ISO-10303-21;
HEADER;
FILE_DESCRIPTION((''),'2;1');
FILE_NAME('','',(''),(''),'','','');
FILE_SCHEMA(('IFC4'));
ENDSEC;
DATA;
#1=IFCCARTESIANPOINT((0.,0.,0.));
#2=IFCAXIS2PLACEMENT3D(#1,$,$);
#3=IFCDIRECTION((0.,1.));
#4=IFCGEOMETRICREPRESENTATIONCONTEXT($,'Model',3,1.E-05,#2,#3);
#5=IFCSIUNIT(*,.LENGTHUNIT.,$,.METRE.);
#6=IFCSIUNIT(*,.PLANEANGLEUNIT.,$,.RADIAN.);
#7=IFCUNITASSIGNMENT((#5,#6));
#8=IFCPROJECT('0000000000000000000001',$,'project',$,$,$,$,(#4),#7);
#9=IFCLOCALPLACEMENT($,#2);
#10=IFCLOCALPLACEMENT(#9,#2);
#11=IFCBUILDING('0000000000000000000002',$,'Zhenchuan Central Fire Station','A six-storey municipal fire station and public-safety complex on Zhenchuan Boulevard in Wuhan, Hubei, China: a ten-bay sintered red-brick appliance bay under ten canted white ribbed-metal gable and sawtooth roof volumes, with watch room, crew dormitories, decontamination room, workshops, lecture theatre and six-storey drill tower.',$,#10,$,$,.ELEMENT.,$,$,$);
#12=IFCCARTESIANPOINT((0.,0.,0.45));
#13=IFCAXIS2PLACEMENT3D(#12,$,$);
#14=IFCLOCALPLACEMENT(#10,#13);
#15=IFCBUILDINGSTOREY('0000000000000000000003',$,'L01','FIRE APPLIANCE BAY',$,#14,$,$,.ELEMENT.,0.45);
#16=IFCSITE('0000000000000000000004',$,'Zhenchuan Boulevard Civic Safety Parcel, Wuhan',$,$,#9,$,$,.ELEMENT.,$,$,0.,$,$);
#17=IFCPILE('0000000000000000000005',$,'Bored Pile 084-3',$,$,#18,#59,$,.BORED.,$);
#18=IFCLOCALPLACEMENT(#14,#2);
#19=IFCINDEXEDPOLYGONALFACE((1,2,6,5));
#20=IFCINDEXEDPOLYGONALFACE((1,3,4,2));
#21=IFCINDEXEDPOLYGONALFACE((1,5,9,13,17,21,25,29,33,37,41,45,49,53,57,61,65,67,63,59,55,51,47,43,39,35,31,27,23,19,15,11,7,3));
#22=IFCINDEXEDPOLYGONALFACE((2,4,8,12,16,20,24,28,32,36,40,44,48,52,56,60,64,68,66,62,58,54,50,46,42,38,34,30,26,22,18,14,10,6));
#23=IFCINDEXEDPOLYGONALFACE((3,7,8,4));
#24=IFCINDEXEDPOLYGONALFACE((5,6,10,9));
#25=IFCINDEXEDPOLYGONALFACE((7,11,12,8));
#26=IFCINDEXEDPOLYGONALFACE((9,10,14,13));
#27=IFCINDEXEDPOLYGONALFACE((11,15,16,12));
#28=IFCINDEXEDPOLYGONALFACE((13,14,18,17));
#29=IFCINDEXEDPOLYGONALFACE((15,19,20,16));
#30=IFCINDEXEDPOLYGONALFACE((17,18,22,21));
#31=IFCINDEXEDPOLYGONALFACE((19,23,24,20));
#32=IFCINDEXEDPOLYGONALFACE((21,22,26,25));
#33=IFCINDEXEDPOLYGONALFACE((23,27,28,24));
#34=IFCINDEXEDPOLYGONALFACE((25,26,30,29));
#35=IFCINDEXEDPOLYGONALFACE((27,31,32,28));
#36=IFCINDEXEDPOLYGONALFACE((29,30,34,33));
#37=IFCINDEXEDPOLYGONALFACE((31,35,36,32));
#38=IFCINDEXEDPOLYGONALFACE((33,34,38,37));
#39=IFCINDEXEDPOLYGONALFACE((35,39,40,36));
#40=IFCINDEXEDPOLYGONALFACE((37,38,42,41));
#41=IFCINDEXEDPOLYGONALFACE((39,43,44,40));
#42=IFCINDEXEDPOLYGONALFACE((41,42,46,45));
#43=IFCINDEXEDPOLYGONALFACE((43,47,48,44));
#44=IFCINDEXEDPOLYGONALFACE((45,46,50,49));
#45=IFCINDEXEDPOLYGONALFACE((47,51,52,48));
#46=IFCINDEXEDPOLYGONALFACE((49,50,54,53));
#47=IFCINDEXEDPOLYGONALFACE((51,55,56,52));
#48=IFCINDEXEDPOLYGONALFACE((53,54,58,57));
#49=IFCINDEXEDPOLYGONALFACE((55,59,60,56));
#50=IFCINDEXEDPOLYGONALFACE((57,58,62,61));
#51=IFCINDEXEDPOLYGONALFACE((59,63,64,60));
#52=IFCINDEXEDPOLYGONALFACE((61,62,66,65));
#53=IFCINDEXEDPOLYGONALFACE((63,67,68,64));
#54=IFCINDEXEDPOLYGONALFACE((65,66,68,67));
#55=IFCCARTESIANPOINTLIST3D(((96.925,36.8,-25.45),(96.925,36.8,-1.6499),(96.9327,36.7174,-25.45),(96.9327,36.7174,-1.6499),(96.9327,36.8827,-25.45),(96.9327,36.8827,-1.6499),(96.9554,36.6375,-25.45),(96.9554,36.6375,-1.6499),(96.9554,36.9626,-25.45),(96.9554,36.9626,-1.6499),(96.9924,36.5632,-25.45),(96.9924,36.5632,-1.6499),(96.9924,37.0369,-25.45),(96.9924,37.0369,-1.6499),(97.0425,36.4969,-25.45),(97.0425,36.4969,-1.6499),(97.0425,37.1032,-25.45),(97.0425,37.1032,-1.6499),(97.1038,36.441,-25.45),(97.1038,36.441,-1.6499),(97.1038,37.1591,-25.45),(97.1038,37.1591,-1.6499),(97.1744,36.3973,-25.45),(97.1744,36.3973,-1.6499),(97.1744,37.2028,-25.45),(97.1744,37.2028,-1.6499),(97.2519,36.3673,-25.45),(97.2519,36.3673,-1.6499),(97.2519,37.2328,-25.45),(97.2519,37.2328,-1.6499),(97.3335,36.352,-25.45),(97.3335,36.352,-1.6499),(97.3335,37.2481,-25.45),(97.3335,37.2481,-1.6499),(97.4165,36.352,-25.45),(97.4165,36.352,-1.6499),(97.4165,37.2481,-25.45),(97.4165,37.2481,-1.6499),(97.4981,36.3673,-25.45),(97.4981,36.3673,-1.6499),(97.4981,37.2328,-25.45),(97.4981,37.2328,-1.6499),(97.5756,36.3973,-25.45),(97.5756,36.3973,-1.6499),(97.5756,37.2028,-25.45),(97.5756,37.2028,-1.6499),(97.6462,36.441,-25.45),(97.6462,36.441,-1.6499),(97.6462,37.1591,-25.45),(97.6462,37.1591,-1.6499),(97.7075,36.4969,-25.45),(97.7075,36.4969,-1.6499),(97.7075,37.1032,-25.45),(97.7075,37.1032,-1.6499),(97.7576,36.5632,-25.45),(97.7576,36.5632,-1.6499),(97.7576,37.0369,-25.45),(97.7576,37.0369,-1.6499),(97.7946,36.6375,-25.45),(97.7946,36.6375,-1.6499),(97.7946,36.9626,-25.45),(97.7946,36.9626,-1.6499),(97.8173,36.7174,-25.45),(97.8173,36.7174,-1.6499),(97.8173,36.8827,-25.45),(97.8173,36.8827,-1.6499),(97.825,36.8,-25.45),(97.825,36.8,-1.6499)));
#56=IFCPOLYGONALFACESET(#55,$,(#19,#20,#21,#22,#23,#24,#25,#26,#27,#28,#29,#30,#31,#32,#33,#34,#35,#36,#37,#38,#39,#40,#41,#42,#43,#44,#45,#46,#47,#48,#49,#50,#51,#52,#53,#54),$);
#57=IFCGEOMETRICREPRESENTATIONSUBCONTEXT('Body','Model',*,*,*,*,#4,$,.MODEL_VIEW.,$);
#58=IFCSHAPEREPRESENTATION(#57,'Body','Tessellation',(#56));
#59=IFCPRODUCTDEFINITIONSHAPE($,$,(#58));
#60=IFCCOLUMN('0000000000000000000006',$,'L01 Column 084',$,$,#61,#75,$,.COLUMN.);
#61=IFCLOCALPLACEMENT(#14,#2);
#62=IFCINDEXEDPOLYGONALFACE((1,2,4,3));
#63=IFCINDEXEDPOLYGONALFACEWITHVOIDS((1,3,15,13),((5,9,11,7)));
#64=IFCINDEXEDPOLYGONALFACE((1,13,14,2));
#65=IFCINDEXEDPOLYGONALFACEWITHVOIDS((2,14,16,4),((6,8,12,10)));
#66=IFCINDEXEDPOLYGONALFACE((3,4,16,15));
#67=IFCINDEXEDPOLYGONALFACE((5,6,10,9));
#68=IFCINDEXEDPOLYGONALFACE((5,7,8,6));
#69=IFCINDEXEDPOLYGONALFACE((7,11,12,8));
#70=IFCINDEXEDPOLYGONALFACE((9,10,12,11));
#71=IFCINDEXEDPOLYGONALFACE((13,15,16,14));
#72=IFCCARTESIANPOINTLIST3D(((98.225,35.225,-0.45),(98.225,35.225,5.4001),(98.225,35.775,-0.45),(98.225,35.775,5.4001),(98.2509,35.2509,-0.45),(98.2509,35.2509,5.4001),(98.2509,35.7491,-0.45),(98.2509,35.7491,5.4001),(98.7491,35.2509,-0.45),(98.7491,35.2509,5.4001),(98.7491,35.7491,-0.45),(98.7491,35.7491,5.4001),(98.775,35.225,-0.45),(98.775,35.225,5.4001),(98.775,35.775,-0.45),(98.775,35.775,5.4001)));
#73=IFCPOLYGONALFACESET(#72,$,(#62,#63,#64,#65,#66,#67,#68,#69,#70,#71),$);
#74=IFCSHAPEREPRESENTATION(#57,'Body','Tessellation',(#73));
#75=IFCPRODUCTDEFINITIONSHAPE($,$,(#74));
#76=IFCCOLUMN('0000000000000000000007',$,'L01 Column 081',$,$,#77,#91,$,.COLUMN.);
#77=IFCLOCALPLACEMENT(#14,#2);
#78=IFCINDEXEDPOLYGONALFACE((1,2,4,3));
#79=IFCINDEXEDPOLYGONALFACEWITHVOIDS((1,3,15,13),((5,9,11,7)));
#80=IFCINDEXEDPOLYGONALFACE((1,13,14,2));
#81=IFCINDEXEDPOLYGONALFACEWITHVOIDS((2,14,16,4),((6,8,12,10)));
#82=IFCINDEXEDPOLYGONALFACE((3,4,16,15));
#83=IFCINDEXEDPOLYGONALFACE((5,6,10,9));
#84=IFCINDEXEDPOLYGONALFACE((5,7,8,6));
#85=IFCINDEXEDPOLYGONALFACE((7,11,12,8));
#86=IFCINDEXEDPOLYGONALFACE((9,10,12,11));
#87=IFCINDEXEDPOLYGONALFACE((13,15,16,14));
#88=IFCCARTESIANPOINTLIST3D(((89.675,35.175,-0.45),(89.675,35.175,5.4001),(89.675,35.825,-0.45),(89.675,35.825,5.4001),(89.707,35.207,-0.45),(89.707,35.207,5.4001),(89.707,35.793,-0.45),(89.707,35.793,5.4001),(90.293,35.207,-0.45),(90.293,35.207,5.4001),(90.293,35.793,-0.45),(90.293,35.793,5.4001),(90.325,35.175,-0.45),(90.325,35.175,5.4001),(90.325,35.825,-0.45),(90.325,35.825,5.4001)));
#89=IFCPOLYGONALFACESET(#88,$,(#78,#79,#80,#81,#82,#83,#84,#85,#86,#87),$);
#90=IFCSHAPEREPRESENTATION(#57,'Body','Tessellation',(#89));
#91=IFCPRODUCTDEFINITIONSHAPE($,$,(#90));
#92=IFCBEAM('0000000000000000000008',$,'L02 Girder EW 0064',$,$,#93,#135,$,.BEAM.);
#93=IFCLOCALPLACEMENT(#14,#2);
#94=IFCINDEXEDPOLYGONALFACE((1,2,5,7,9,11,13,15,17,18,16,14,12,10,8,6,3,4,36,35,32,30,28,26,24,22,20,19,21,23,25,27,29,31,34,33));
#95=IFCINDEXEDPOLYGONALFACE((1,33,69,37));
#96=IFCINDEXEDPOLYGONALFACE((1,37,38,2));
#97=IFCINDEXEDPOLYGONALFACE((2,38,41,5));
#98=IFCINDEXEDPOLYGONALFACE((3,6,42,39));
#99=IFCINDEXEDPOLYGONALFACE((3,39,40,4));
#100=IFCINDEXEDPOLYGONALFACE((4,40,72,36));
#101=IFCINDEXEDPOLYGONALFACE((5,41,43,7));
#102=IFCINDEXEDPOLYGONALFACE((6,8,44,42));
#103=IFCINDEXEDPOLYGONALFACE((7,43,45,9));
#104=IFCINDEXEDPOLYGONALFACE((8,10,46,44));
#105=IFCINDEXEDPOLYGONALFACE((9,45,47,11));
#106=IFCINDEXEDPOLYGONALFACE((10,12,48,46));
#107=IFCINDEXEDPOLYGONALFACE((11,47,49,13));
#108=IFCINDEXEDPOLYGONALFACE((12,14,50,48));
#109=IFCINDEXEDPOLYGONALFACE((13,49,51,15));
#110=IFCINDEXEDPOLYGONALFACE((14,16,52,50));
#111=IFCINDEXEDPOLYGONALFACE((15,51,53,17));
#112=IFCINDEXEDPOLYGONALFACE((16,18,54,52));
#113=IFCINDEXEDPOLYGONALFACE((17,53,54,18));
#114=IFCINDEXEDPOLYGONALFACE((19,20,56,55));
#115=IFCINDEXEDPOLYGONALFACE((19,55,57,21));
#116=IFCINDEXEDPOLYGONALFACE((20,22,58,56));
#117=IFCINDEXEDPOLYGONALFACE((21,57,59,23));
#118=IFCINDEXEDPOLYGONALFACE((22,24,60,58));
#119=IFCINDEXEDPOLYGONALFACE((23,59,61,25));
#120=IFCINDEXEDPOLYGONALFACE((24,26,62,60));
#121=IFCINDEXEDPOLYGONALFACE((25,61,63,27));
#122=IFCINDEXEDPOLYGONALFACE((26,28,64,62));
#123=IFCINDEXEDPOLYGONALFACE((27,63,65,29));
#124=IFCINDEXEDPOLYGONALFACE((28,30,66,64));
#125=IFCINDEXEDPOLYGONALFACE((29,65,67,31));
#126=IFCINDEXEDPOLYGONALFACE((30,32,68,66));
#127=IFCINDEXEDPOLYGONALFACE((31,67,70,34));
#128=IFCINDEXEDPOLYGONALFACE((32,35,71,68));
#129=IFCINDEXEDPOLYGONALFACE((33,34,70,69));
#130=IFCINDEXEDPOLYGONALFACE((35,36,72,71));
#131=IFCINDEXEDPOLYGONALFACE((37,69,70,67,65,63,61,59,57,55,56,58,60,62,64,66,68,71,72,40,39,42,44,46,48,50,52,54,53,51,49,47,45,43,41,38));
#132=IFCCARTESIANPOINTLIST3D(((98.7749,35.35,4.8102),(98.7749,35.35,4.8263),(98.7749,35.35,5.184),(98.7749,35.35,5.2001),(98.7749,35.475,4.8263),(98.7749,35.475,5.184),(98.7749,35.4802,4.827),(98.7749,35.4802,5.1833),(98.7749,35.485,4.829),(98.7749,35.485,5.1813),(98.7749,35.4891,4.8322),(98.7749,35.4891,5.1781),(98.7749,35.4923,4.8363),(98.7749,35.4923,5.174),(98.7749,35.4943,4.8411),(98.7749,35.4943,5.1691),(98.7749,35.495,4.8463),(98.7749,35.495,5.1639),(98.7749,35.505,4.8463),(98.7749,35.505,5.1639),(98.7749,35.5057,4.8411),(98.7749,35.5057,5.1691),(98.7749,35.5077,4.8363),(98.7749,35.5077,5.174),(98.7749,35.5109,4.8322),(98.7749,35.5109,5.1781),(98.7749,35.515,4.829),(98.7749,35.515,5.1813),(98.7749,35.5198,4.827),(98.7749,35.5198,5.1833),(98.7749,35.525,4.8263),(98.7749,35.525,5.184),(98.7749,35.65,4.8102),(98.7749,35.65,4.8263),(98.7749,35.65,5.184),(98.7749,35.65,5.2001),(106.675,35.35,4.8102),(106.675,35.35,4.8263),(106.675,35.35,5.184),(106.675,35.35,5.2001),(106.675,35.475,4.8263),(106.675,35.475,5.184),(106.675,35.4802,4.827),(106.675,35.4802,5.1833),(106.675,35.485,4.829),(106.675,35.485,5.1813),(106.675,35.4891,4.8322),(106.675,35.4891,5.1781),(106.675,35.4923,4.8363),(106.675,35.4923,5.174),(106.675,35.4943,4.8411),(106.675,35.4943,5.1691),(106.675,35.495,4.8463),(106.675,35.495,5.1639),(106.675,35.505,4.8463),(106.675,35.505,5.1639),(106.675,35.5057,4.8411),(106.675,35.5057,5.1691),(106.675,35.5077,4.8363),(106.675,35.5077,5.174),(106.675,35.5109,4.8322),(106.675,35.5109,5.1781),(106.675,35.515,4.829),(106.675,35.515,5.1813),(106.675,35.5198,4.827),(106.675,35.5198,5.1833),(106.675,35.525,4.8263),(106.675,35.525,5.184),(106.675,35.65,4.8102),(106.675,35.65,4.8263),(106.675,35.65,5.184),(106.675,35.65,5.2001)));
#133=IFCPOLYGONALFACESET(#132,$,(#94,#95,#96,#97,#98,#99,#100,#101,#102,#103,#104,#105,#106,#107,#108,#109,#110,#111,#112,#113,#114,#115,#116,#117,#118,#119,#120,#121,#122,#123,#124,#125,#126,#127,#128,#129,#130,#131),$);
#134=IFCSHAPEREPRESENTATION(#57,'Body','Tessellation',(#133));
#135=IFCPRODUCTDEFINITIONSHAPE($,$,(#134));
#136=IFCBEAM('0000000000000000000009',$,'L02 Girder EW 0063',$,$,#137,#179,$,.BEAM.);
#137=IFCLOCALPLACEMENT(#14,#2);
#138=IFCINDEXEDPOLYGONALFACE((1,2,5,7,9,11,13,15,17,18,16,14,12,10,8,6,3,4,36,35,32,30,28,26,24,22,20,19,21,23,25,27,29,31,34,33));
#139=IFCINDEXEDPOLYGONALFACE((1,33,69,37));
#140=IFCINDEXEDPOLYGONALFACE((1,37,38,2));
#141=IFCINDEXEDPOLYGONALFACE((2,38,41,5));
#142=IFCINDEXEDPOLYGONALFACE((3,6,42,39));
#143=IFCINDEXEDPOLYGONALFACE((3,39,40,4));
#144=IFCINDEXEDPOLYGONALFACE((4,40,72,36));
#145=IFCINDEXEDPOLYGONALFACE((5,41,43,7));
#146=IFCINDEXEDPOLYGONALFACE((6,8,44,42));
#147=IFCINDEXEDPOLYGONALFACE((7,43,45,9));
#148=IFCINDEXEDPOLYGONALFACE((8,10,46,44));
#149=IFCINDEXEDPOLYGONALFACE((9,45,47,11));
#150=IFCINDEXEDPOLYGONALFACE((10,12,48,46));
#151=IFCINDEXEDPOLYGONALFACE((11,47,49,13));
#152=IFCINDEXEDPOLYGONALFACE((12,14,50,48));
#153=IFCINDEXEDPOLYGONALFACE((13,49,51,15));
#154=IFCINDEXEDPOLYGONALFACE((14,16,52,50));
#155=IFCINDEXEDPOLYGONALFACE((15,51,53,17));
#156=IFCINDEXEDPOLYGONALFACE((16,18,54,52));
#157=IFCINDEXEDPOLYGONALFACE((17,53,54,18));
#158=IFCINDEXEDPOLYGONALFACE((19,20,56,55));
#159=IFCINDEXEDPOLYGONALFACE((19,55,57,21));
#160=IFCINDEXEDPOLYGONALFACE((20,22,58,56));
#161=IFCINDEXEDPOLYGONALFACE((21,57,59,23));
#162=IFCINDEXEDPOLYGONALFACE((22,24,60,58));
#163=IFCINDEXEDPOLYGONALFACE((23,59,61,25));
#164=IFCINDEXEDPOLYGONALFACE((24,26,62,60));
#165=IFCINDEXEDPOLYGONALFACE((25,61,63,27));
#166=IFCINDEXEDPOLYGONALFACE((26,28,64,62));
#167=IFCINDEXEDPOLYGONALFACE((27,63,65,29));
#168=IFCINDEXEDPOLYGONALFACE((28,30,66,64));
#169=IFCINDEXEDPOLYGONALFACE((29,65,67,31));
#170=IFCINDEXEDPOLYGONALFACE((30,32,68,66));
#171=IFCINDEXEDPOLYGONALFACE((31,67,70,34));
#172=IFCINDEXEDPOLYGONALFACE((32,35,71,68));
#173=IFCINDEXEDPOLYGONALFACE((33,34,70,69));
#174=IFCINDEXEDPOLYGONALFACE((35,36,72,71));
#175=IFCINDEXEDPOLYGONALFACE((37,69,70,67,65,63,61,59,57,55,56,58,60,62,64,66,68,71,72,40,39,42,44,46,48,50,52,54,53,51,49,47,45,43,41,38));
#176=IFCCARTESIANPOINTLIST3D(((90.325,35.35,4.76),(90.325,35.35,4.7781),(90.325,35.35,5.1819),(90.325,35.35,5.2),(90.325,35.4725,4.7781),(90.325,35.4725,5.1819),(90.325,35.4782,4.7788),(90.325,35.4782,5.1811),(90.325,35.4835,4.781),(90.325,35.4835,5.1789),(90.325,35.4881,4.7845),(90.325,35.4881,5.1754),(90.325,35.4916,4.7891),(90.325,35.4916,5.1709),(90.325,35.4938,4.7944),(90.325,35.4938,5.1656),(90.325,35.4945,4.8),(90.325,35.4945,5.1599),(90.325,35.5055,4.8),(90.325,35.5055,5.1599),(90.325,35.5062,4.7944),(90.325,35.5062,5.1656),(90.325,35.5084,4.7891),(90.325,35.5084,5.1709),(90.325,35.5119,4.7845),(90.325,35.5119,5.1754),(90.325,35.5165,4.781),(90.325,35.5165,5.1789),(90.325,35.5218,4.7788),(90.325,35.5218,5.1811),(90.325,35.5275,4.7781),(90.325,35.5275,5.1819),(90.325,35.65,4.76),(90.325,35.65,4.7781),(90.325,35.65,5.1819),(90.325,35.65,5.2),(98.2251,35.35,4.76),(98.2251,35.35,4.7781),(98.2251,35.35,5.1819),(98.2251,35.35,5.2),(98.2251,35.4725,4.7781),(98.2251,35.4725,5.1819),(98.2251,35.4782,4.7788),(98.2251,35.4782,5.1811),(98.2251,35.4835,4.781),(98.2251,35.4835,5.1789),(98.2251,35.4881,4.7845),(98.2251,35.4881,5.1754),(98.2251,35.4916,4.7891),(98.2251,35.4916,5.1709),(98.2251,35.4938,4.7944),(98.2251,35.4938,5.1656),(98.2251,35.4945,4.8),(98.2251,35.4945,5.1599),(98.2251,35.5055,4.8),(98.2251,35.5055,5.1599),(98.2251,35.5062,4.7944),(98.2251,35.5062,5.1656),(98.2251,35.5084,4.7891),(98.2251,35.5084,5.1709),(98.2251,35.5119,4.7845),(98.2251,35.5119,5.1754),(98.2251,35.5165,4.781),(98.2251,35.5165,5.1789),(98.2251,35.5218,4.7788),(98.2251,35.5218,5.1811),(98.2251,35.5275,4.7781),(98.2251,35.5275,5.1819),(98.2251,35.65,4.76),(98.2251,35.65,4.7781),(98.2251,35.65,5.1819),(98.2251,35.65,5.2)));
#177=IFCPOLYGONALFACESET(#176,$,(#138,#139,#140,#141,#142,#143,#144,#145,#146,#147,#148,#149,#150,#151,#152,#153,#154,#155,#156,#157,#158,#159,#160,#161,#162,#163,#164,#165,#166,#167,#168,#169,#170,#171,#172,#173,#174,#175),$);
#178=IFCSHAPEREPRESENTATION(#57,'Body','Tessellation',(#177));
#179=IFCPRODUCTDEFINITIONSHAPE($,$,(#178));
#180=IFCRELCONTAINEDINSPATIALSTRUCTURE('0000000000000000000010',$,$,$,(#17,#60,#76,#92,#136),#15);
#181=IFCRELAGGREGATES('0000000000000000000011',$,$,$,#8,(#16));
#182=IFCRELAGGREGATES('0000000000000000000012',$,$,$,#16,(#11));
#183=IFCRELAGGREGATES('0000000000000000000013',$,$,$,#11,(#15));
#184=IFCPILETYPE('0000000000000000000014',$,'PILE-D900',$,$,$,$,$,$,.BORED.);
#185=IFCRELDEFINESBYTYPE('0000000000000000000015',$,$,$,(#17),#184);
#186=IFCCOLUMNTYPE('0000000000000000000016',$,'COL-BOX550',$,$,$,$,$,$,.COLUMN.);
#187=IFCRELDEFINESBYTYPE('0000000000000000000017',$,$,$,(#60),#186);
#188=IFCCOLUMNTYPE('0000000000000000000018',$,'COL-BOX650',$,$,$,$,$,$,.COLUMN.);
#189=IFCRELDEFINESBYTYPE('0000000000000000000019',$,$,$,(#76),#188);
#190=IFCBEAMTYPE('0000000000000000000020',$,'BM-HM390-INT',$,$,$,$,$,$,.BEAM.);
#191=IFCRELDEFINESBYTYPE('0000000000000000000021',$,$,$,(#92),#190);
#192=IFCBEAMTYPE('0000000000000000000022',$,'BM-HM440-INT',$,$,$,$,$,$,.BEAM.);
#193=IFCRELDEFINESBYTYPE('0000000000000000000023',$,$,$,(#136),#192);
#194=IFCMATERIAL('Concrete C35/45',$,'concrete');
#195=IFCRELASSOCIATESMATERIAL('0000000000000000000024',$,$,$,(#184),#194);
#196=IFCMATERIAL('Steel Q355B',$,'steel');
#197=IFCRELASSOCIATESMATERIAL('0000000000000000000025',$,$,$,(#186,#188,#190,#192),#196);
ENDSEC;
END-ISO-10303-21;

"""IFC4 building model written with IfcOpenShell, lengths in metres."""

from ifc_helpers import new_model, si_unit, direction, frame, origin, origin_2d, place, context, subcontext, project, spatial, hollow_rectangle, circle, i_section, extrude, material, material_profile, profile_set, type_object, element, save


model = new_model("IFC4")

# Units and contexts
model_context = context("Model", 3, precision=1e-05, world=origin(), true_north=direction((0.0, 1.0)))
body_context = subcontext(model_context, "Body", "Model", "MODEL_VIEW")
ifc_project = project(units=[si_unit("LENGTHUNIT", "METRE"), si_unit("PLANEANGLEUNIT", "RADIAN")], contexts=[model_context])

# Site, building, storey
site_placement = place(None, origin())
site = spatial("IfcSite", under=ifc_project, at=site_placement, Name="Zhenchuan Boulevard Civic Safety Parcel, Wuhan", CompositionType="ELEMENT", RefElevation=0.0)
building_placement = place(site_placement, origin())
building = spatial("IfcBuilding", under=site, at=building_placement, Name="Zhenchuan Central Fire Station", Description="A six-storey municipal fire station and public-safety complex on Zhenchuan Boulevard in Wuhan, Hubei, China: a ten-bay sintered red-brick appliance bay under ten canted white ribbed-metal gable and sawtooth roof volumes, with watch room, crew dormitories, decontamination room, workshops, lecture theatre and six-storey drill tower.", CompositionType="ELEMENT")
storey_placement = place(building_placement, frame((0.0, 0.0, 0.45)))
storey = spatial("IfcBuildingStorey", under=building, at=storey_placement, Name="L01", Description="FIRE APPLIANCE BAY", CompositionType="ELEMENT", Elevation=0.45)

# Pile
ifc_material_1 = material(Name="Concrete C35/45", Category="concrete")
ifc_material_profile_1 = material_profile(ifc_material_1, circle(Radius=0.45, at=origin_2d()), Name="PILE D900")
ifc_profile_set_1 = profile_set([ifc_material_profile_1], Name="Concrete C35/45")
pile_type_1 = type_object("IfcPileType", Name="PILE-D900", PredefinedType="BORED", material=ifc_profile_set_1)
for number, where, z_axis, x_axis, name in (
    (1, (97.375, 36.8, -1.6499), (0.0, 0.0, -1.0), (1.0, 0.0, 0.0), "Bored Pile 084-3"),
):
    element("IfcPile", number, at=place(storey_placement, frame(where, z_axis=z_axis, x_axis=x_axis)), inside=storey, type_object=pile_type_1, Name=name, PredefinedType="BORED", context=body_context, shape_type="SweptSolid", body=[
        extrude(circle(Radius=0.45, at=origin_2d()), origin(), (0.0, 0.0, 1.0), 23.8),
    ])

# Columns
ifc_material_2 = material(Name="Steel Q355B", Category="steel")
ifc_material_profile_2 = material_profile(ifc_material_2, hollow_rectangle(XDim=0.55, YDim=0.55, WallThickness=0.0259, at=origin_2d()), Name="BOX 550x550x26")
ifc_profile_set_2 = profile_set([ifc_material_profile_2], Name="Steel Q355B")
column_type_1 = type_object("IfcColumnType", Name="COL-BOX550", PredefinedType="COLUMN", material=ifc_profile_set_2)
column_1_placement = place(storey_placement, frame((98.5, 35.5, -0.45), z_axis=(0.0, 0.0, 1.0), x_axis=(1.0, 0.0, 0.0)))
element("IfcColumn", 2, at=column_1_placement, inside=storey, type_object=column_type_1, Name="L01 Column 084", PredefinedType="COLUMN", context=body_context, shape_type="SweptSolid", body=[
    extrude(hollow_rectangle(XDim=0.55, YDim=0.55, WallThickness=0.0259, at=origin_2d()), origin(), (0.0, 0.0, 1.0), 5.8501),
])
ifc_material_profile_3 = material_profile(ifc_material_2, hollow_rectangle(XDim=0.6499, YDim=0.6499, WallThickness=0.032, at=origin_2d()), Name="BOX 650x650x32")
ifc_profile_set_3 = profile_set([ifc_material_profile_3], Name="Steel Q355B")
column_type_2 = type_object("IfcColumnType", Name="COL-BOX650", PredefinedType="COLUMN", material=ifc_profile_set_3)
column_2_placement = place(storey_placement, frame((90.0, 35.5, -0.45), z_axis=(0.0, 0.0, 1.0), x_axis=(1.0, 0.0, 0.0)))
element("IfcColumn", 3, at=column_2_placement, inside=storey, type_object=column_type_2, Name="L01 Column 081", PredefinedType="COLUMN", context=body_context, shape_type="SweptSolid", body=[
    extrude(hollow_rectangle(XDim=0.6499, YDim=0.6499, WallThickness=0.032, at=origin_2d()), origin(), (0.0, 0.0, 1.0), 5.8501),
])

# Beams
ifc_material_profile_4 = material_profile(ifc_material_2, i_section(OverallWidth=0.3, OverallDepth=0.3899, WebThickness=0.01, FlangeThickness=0.0161, FilletRadius=0.02, at=origin_2d()), Name="HM 390x300")
ifc_profile_set_4 = profile_set([ifc_material_profile_4], Name="Steel Q355B")
beam_type_1 = type_object("IfcBeamType", Name="BM-HM390-INT", PredefinedType="BEAM", material=ifc_profile_set_4)
beam_1_placement = place(storey_placement, frame((98.7749, 35.5, 5.0051), z_axis=(1.0, 0.0, 0.0), x_axis=(0.0, 1.0, 0.0)))
element("IfcBeam", 4, at=beam_1_placement, inside=storey, type_object=beam_type_1, Name="L02 Girder EW 0064", PredefinedType="BEAM", context=body_context, shape_type="SweptSolid", body=[
    extrude(i_section(OverallWidth=0.3, OverallDepth=0.3899, WebThickness=0.01, FlangeThickness=0.0161, FilletRadius=0.02, at=origin_2d()), origin(), (0.0, 0.0, 1.0), 7.9001),
])
ifc_material_profile_5 = material_profile(ifc_material_2, i_section(OverallWidth=0.3, OverallDepth=0.4399, WebThickness=0.011, FlangeThickness=0.0181, FilletRadius=0.022, at=origin_2d()), Name="HM 440x300")
ifc_profile_set_5 = profile_set([ifc_material_profile_5], Name="Steel Q355B")
beam_type_2 = type_object("IfcBeamType", Name="BM-HM440-INT", PredefinedType="BEAM", material=ifc_profile_set_5)
beam_2_placement = place(storey_placement, frame((90.325, 35.5, 4.98), z_axis=(1.0, 0.0, 0.0), x_axis=(0.0, 1.0, 0.0)))
element("IfcBeam", 5, at=beam_2_placement, inside=storey, type_object=beam_type_2, Name="L02 Girder EW 0063", PredefinedType="BEAM", context=body_context, shape_type="SweptSolid", body=[
    extrude(i_section(OverallWidth=0.3, OverallDepth=0.4399, WebThickness=0.011, FlangeThickness=0.0181, FilletRadius=0.022, at=origin_2d()), origin(), (0.0, 0.0, 1.0), 7.9001),
])

save(model, "model.ifc")
